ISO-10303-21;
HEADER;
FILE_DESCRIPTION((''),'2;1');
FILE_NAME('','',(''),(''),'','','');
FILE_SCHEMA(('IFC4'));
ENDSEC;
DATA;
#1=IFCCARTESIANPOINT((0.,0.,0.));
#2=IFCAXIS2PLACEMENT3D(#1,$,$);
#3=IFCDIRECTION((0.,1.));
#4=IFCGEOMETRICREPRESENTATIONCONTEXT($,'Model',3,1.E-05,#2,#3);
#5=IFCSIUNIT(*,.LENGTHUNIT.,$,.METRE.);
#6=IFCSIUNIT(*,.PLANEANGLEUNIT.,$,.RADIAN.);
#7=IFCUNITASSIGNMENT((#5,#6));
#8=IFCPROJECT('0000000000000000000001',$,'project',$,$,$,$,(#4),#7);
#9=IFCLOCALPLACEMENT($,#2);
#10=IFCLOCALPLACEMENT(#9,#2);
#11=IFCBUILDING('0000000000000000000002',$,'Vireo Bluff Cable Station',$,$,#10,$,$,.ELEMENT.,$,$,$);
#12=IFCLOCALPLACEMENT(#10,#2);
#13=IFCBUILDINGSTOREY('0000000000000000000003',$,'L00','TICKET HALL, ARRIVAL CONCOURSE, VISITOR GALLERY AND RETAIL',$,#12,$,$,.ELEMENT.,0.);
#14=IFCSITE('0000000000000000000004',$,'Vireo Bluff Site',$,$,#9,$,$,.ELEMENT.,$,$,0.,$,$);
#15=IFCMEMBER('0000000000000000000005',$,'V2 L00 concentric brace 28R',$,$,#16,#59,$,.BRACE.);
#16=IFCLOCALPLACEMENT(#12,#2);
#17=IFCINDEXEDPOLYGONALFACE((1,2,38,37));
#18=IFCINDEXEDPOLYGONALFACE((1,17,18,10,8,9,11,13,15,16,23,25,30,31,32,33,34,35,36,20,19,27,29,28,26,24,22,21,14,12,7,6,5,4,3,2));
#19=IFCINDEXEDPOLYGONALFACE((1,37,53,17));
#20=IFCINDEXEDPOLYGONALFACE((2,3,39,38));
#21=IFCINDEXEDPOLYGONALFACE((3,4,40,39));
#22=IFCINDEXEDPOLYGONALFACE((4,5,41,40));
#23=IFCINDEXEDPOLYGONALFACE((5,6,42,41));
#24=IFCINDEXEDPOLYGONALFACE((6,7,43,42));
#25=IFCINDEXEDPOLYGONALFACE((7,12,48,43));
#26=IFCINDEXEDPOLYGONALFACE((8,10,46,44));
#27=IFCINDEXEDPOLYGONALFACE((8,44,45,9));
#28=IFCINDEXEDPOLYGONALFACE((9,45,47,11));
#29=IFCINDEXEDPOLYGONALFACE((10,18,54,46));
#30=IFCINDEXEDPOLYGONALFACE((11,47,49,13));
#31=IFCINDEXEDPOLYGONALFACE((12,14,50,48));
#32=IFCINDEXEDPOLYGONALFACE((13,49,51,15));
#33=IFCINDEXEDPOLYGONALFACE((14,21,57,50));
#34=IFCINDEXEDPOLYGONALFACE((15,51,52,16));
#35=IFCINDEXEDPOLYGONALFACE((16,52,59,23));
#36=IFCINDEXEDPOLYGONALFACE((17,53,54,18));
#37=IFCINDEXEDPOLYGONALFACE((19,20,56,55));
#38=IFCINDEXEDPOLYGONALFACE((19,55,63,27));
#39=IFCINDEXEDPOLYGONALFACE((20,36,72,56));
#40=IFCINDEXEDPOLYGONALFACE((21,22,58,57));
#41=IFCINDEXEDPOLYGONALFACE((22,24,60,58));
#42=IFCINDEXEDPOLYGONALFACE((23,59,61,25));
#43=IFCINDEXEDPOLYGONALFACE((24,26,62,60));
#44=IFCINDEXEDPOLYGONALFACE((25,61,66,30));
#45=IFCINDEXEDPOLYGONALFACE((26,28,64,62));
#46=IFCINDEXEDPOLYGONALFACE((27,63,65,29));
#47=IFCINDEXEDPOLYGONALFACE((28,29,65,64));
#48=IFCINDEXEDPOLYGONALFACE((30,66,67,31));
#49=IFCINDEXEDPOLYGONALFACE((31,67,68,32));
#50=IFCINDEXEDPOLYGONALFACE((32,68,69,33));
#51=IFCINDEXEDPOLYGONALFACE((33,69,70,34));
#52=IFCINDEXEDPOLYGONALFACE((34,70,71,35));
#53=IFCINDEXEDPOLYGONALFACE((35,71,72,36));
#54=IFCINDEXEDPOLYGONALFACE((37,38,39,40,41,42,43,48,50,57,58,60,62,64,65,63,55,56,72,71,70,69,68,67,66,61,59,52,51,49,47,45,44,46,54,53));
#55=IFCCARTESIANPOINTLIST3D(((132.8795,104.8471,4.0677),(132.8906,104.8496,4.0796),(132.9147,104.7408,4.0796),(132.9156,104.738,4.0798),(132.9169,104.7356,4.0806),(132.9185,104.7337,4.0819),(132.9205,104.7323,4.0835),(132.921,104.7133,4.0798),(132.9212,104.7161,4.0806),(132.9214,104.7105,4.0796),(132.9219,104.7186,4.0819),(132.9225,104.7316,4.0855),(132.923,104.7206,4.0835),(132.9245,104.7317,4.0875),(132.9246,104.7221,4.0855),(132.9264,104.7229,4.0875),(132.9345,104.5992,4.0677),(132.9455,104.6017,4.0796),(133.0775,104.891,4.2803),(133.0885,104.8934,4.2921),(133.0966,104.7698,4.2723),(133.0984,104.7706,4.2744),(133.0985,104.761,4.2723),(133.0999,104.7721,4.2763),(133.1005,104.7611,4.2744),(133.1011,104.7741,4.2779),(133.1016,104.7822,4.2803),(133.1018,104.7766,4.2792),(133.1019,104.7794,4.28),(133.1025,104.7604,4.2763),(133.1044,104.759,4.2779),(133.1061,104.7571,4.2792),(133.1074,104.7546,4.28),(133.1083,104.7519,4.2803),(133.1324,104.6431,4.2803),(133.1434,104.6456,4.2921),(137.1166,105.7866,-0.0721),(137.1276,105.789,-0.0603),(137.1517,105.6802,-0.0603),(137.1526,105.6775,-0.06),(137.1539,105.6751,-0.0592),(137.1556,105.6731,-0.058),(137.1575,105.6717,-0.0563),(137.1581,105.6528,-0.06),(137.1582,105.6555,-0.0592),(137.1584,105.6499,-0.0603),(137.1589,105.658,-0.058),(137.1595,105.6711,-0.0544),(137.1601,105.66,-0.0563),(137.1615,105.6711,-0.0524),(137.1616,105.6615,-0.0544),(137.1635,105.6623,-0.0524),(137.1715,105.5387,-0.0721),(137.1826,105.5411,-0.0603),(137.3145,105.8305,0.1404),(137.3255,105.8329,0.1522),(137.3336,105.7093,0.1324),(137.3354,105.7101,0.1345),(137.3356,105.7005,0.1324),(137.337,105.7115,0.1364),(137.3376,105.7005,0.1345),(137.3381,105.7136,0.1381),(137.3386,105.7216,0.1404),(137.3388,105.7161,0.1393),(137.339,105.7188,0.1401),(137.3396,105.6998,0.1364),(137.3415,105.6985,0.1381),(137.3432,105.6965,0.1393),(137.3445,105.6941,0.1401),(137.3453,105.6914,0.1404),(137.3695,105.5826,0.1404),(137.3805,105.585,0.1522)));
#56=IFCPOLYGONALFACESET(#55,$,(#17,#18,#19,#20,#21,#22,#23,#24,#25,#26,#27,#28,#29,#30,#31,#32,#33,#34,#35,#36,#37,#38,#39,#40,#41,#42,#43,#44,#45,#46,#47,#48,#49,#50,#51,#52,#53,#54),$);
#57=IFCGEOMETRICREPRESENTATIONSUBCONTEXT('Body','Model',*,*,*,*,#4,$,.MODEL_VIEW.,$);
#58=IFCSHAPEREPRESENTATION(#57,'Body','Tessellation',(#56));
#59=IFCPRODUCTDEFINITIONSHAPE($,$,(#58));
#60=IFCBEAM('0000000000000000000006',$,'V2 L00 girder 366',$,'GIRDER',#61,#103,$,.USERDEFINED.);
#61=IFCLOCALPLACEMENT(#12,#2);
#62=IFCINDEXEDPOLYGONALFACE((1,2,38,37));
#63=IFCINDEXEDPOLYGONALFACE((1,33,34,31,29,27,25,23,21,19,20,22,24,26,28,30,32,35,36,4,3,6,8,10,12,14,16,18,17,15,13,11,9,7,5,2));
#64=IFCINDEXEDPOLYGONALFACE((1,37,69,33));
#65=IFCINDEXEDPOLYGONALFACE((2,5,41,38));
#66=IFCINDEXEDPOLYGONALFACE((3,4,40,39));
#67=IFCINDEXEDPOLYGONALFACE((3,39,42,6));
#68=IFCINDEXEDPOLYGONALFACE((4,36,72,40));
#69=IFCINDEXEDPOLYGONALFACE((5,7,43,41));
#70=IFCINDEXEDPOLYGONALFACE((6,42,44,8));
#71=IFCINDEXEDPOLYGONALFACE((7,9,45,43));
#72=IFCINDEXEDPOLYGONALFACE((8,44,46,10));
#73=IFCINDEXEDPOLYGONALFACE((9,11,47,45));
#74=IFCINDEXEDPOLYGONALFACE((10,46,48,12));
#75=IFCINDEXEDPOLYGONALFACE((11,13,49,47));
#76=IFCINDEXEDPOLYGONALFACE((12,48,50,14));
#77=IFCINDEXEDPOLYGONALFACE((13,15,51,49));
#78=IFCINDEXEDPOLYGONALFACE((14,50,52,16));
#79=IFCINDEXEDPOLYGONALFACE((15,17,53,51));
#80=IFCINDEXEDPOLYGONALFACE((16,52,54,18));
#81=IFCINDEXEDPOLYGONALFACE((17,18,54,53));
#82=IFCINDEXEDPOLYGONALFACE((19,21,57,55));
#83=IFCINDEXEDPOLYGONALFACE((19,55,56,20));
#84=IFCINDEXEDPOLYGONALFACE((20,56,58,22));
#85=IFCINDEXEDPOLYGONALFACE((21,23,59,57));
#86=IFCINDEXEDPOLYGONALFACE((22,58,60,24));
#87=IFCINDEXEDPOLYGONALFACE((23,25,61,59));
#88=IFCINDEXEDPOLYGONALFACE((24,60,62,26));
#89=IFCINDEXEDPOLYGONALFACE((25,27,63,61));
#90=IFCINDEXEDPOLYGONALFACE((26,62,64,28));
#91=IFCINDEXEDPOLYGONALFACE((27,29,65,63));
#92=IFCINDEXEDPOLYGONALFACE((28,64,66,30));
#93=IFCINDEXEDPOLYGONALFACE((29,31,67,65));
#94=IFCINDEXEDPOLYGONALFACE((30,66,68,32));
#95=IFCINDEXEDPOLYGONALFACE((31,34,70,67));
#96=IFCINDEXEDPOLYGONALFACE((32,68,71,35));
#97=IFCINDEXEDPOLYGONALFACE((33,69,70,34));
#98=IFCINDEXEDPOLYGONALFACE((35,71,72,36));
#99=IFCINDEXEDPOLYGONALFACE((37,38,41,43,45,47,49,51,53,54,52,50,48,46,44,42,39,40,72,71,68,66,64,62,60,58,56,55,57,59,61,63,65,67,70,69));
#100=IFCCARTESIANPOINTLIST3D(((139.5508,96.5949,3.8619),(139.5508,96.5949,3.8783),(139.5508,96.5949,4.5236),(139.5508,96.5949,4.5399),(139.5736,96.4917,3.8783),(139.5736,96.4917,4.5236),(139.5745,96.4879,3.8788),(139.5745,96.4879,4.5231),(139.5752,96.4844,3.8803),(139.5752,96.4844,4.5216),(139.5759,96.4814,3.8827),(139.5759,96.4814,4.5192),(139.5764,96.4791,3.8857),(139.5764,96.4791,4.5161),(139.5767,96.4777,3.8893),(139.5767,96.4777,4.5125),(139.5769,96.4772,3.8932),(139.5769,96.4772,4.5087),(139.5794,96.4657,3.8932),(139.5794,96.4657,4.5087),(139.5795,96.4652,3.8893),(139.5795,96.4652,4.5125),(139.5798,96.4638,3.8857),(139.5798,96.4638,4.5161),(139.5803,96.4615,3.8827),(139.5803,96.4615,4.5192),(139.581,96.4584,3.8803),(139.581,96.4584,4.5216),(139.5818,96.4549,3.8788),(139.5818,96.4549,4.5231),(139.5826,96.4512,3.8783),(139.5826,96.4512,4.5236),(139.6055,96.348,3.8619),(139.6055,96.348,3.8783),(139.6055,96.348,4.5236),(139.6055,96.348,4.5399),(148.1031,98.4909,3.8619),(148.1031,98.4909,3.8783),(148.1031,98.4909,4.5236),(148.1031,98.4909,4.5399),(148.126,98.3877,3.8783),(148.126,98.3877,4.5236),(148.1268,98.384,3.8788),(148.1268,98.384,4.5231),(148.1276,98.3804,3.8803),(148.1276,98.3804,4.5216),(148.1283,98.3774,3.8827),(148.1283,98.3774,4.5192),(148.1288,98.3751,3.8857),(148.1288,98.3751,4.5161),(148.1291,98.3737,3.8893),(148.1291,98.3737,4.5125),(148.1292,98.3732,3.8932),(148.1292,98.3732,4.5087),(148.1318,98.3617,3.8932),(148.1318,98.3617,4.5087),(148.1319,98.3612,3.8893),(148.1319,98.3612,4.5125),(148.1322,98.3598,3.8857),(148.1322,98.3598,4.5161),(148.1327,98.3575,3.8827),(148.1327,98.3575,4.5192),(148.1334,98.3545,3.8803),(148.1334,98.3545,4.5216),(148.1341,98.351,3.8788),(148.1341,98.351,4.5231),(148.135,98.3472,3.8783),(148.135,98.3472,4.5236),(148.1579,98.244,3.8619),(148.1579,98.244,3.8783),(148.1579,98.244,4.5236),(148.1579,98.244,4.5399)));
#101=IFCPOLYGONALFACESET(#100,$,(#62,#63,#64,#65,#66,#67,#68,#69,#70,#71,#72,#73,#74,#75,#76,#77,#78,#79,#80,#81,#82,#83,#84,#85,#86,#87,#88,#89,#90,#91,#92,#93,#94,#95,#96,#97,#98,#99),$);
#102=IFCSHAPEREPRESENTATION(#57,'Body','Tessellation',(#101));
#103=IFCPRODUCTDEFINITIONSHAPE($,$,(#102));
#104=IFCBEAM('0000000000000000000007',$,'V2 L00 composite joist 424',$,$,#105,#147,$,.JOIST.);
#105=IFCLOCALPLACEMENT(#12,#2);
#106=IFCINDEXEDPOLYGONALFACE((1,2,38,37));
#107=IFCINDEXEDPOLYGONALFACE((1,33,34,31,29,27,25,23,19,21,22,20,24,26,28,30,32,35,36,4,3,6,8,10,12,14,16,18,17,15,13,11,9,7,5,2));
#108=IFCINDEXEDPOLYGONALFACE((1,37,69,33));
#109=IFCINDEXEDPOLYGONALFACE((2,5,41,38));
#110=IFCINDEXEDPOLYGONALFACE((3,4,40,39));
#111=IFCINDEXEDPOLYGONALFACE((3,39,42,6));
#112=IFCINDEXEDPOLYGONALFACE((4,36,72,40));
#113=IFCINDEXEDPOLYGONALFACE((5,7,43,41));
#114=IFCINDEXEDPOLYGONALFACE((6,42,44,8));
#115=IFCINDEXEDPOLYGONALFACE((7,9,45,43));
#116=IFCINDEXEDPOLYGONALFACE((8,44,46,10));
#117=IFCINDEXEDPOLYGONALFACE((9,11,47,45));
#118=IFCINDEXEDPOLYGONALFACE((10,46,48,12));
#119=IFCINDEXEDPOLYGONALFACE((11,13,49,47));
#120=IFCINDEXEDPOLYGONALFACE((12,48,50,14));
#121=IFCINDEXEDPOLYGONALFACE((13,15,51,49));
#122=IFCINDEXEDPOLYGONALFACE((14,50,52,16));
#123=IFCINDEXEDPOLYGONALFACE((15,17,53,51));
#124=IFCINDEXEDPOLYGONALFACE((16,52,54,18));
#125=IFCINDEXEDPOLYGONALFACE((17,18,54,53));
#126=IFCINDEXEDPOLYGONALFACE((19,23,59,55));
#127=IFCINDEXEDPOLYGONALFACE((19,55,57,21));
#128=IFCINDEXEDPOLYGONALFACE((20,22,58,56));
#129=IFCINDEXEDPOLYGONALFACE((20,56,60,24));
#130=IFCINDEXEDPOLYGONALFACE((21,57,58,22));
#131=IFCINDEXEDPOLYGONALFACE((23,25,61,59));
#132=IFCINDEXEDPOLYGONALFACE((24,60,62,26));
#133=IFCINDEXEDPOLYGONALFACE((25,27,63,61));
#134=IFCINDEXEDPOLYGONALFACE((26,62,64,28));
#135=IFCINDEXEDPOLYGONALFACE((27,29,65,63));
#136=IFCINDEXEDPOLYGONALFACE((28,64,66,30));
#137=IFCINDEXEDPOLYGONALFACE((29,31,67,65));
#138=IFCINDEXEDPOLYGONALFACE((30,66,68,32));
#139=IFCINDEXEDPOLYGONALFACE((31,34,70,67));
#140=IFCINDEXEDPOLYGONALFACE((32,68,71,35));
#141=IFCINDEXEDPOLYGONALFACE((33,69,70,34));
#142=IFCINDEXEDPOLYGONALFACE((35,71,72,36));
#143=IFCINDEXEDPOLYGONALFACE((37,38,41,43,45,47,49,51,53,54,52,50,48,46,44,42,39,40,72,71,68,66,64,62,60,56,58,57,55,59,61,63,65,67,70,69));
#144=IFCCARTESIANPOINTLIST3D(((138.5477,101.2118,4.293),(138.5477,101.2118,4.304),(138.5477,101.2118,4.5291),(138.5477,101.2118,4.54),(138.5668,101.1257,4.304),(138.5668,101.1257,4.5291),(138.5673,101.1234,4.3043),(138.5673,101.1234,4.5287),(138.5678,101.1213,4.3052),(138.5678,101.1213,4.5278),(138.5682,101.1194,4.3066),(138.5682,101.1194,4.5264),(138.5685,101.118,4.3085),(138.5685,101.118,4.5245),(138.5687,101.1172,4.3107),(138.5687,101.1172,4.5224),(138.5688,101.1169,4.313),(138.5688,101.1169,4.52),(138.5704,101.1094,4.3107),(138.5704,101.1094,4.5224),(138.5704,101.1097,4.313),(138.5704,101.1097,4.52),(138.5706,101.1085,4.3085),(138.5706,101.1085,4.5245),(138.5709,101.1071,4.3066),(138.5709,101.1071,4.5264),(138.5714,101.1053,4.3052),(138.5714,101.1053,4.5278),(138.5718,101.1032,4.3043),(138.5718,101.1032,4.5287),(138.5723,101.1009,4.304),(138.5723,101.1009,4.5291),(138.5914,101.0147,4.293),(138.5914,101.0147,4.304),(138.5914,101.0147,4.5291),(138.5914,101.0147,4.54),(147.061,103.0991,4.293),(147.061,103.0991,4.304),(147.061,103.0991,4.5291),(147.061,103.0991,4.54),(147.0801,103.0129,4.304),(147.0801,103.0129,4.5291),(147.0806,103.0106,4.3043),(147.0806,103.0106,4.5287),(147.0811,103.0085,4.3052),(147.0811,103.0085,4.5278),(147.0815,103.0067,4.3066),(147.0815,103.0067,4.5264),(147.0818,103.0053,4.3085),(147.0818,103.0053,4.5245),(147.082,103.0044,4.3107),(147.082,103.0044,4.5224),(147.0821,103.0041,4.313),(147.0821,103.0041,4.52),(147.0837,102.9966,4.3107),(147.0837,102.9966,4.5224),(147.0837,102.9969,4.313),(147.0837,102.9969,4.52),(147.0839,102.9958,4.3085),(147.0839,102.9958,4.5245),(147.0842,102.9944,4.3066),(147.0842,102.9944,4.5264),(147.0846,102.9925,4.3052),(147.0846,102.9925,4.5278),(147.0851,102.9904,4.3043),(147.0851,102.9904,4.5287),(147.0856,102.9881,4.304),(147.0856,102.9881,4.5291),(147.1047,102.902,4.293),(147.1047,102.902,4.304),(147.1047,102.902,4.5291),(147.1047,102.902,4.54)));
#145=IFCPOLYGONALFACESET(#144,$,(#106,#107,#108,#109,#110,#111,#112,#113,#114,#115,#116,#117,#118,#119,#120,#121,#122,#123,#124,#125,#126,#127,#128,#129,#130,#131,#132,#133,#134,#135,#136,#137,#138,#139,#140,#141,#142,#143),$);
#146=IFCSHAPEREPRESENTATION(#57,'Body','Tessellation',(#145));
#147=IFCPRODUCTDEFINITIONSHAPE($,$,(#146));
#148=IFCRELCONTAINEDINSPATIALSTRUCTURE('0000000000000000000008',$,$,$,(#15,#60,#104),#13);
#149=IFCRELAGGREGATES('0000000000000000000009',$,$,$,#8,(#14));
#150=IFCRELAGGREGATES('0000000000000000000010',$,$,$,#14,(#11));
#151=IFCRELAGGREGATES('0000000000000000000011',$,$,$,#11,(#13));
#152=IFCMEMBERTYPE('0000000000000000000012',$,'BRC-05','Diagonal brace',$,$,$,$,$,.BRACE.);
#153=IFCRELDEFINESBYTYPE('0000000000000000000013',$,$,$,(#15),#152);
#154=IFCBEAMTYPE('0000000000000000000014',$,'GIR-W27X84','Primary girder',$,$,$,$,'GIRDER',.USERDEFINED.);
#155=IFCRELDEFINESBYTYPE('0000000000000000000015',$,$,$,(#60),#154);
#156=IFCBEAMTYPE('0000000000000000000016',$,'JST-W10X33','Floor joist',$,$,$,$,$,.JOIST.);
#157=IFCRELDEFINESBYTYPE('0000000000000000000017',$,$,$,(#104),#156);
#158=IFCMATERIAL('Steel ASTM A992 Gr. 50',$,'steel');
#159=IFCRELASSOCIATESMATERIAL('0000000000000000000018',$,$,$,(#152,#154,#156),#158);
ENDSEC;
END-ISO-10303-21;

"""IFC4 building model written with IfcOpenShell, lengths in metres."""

from ifc_helpers import new_model, si_unit, direction, frame, origin, origin_2d, place, context, subcontext, project, spatial, i_section, extrude, material, material_profile, profile_set, type_object, element, save


model = new_model("IFC4")

# Units and contexts
model_context = context("Model", 3, precision=1e-05, world=origin(), true_north=direction((0.0, 1.0)))
body_context = subcontext(model_context, "Body", "Model", "MODEL_VIEW")
ifc_project = project(units=[si_unit("LENGTHUNIT", "METRE"), si_unit("PLANEANGLEUNIT", "RADIAN")], contexts=[model_context])

# Site, building, storey
site_placement = place(None, origin())
site = spatial("IfcSite", under=ifc_project, at=site_placement, Name="Vireo Bluff Site", CompositionType="ELEMENT", RefElevation=0.0)
building_placement = place(site_placement, origin())
building = spatial("IfcBuilding", under=site, at=building_placement, Name="Vireo Bluff Cable Station", CompositionType="ELEMENT")
storey_placement = place(building_placement, origin())
storey = spatial("IfcBuildingStorey", under=building, at=storey_placement, Name="L00", Description="TICKET HALL, ARRIVAL CONCOURSE, VISITOR GALLERY AND RETAIL", CompositionType="ELEMENT", Elevation=0.0)

# Shared definitions
ifc_material_1 = material(Name="Steel ASTM A992 Gr. 50", Category="steel")

# Member
ifc_material_profile_1 = material_profile(ifc_material_1, i_section(OverallWidth=0.2539, OverallDepth=0.3101, WebThickness=0.009, FlangeThickness=0.0164, FilletRadius=0.011, at=origin_2d()), Name="W12X58")
ifc_profile_set_1 = profile_set([ifc_material_profile_1], Name="Steel ASTM A992 Gr. 50")
member_type = type_object("IfcMemberType", Name="BRC-05", Description="Diagonal brace", PredefinedType="BRACE", material=ifc_profile_set_1)
member_placement = place(storey_placement, frame((137.2485, 105.6858, 0.04), z_axis=(-0.706432, -0.156632, 0.690232), x_axis=(0.216466, -0.97629, 0.0)))
element("IfcMember", 1, at=member_placement, inside=storey, type_object=member_type, Name="V2 L00 concentric brace 28R", PredefinedType="BRACE", context=body_context, shape_type="SweptSolid", body=[
    extrude(i_section(OverallWidth=0.2539, OverallDepth=0.3101, WebThickness=0.009, FlangeThickness=0.0164, FilletRadius=0.011, at=origin_2d()), origin(), (0.0, 0.0, 1.0), 5.9978),
])

# Beams
ifc_material_profile_2 = material_profile(ifc_material_1, i_section(OverallWidth=0.2529, OverallDepth=0.678, WebThickness=0.0117, FlangeThickness=0.0164, FilletRadius=0.0149, at=origin_2d()), Name="W27X84")
ifc_profile_set_2 = profile_set([ifc_material_profile_2], Name="Steel ASTM A992 Gr. 50")
beam_type_1 = type_object("IfcBeamType", Name="GIR-W27X84", Description="Primary girder", ElementType="GIRDER", PredefinedType="USERDEFINED", material=ifc_profile_set_2)
beam_1_placement = place(storey_placement, frame((139.5781, 96.4714, 4.2009), z_axis=(0.976296, 0.216441, 0.0), x_axis=(-0.216441, 0.976296, 0.0)))
element("IfcBeam", 2, at=beam_1_placement, inside=storey, type_object=beam_type_1, Name="V2 L00 girder 366", ObjectType="GIRDER", PredefinedType="USERDEFINED", context=body_context, shape_type="SweptSolid", body=[
    extrude(i_section(OverallWidth=0.2529, OverallDepth=0.678, WebThickness=0.0117, FlangeThickness=0.0164, FilletRadius=0.0149, at=origin_2d()), origin(), (0.0, 0.0, 1.0), 8.76),
])
ifc_material_profile_3 = material_profile(ifc_material_1, i_section(OverallWidth=0.2019, OverallDepth=0.2471, WebThickness=0.0073, FlangeThickness=0.011, FilletRadius=0.009, at=origin_2d()), Name="W10X33")
ifc_profile_set_3 = profile_set([ifc_material_profile_3], Name="Steel ASTM A992 Gr. 50")
beam_type_2 = type_object("IfcBeamType", Name="JST-W10X33", Description="Floor joist", PredefinedType="JOIST", material=ifc_profile_set_3)
beam_2_placement = place(storey_placement, frame((138.5696, 101.1133, 4.4165), z_axis=(0.976299, 0.216426, 0.0), x_axis=(-0.216426, 0.976299, 0.0)))
element("IfcBeam", 3, at=beam_2_placement, inside=storey, type_object=beam_type_2, Name="V2 L00 composite joist 424", PredefinedType="JOIST", context=body_context, shape_type="SweptSolid", body=[
    extrude(i_section(OverallWidth=0.2019, OverallDepth=0.2471, WebThickness=0.0073, FlangeThickness=0.011, FilletRadius=0.009, at=origin_2d()), origin(), (0.0, 0.0, 1.0), 8.72),
])

save(model, "model.ifc")
